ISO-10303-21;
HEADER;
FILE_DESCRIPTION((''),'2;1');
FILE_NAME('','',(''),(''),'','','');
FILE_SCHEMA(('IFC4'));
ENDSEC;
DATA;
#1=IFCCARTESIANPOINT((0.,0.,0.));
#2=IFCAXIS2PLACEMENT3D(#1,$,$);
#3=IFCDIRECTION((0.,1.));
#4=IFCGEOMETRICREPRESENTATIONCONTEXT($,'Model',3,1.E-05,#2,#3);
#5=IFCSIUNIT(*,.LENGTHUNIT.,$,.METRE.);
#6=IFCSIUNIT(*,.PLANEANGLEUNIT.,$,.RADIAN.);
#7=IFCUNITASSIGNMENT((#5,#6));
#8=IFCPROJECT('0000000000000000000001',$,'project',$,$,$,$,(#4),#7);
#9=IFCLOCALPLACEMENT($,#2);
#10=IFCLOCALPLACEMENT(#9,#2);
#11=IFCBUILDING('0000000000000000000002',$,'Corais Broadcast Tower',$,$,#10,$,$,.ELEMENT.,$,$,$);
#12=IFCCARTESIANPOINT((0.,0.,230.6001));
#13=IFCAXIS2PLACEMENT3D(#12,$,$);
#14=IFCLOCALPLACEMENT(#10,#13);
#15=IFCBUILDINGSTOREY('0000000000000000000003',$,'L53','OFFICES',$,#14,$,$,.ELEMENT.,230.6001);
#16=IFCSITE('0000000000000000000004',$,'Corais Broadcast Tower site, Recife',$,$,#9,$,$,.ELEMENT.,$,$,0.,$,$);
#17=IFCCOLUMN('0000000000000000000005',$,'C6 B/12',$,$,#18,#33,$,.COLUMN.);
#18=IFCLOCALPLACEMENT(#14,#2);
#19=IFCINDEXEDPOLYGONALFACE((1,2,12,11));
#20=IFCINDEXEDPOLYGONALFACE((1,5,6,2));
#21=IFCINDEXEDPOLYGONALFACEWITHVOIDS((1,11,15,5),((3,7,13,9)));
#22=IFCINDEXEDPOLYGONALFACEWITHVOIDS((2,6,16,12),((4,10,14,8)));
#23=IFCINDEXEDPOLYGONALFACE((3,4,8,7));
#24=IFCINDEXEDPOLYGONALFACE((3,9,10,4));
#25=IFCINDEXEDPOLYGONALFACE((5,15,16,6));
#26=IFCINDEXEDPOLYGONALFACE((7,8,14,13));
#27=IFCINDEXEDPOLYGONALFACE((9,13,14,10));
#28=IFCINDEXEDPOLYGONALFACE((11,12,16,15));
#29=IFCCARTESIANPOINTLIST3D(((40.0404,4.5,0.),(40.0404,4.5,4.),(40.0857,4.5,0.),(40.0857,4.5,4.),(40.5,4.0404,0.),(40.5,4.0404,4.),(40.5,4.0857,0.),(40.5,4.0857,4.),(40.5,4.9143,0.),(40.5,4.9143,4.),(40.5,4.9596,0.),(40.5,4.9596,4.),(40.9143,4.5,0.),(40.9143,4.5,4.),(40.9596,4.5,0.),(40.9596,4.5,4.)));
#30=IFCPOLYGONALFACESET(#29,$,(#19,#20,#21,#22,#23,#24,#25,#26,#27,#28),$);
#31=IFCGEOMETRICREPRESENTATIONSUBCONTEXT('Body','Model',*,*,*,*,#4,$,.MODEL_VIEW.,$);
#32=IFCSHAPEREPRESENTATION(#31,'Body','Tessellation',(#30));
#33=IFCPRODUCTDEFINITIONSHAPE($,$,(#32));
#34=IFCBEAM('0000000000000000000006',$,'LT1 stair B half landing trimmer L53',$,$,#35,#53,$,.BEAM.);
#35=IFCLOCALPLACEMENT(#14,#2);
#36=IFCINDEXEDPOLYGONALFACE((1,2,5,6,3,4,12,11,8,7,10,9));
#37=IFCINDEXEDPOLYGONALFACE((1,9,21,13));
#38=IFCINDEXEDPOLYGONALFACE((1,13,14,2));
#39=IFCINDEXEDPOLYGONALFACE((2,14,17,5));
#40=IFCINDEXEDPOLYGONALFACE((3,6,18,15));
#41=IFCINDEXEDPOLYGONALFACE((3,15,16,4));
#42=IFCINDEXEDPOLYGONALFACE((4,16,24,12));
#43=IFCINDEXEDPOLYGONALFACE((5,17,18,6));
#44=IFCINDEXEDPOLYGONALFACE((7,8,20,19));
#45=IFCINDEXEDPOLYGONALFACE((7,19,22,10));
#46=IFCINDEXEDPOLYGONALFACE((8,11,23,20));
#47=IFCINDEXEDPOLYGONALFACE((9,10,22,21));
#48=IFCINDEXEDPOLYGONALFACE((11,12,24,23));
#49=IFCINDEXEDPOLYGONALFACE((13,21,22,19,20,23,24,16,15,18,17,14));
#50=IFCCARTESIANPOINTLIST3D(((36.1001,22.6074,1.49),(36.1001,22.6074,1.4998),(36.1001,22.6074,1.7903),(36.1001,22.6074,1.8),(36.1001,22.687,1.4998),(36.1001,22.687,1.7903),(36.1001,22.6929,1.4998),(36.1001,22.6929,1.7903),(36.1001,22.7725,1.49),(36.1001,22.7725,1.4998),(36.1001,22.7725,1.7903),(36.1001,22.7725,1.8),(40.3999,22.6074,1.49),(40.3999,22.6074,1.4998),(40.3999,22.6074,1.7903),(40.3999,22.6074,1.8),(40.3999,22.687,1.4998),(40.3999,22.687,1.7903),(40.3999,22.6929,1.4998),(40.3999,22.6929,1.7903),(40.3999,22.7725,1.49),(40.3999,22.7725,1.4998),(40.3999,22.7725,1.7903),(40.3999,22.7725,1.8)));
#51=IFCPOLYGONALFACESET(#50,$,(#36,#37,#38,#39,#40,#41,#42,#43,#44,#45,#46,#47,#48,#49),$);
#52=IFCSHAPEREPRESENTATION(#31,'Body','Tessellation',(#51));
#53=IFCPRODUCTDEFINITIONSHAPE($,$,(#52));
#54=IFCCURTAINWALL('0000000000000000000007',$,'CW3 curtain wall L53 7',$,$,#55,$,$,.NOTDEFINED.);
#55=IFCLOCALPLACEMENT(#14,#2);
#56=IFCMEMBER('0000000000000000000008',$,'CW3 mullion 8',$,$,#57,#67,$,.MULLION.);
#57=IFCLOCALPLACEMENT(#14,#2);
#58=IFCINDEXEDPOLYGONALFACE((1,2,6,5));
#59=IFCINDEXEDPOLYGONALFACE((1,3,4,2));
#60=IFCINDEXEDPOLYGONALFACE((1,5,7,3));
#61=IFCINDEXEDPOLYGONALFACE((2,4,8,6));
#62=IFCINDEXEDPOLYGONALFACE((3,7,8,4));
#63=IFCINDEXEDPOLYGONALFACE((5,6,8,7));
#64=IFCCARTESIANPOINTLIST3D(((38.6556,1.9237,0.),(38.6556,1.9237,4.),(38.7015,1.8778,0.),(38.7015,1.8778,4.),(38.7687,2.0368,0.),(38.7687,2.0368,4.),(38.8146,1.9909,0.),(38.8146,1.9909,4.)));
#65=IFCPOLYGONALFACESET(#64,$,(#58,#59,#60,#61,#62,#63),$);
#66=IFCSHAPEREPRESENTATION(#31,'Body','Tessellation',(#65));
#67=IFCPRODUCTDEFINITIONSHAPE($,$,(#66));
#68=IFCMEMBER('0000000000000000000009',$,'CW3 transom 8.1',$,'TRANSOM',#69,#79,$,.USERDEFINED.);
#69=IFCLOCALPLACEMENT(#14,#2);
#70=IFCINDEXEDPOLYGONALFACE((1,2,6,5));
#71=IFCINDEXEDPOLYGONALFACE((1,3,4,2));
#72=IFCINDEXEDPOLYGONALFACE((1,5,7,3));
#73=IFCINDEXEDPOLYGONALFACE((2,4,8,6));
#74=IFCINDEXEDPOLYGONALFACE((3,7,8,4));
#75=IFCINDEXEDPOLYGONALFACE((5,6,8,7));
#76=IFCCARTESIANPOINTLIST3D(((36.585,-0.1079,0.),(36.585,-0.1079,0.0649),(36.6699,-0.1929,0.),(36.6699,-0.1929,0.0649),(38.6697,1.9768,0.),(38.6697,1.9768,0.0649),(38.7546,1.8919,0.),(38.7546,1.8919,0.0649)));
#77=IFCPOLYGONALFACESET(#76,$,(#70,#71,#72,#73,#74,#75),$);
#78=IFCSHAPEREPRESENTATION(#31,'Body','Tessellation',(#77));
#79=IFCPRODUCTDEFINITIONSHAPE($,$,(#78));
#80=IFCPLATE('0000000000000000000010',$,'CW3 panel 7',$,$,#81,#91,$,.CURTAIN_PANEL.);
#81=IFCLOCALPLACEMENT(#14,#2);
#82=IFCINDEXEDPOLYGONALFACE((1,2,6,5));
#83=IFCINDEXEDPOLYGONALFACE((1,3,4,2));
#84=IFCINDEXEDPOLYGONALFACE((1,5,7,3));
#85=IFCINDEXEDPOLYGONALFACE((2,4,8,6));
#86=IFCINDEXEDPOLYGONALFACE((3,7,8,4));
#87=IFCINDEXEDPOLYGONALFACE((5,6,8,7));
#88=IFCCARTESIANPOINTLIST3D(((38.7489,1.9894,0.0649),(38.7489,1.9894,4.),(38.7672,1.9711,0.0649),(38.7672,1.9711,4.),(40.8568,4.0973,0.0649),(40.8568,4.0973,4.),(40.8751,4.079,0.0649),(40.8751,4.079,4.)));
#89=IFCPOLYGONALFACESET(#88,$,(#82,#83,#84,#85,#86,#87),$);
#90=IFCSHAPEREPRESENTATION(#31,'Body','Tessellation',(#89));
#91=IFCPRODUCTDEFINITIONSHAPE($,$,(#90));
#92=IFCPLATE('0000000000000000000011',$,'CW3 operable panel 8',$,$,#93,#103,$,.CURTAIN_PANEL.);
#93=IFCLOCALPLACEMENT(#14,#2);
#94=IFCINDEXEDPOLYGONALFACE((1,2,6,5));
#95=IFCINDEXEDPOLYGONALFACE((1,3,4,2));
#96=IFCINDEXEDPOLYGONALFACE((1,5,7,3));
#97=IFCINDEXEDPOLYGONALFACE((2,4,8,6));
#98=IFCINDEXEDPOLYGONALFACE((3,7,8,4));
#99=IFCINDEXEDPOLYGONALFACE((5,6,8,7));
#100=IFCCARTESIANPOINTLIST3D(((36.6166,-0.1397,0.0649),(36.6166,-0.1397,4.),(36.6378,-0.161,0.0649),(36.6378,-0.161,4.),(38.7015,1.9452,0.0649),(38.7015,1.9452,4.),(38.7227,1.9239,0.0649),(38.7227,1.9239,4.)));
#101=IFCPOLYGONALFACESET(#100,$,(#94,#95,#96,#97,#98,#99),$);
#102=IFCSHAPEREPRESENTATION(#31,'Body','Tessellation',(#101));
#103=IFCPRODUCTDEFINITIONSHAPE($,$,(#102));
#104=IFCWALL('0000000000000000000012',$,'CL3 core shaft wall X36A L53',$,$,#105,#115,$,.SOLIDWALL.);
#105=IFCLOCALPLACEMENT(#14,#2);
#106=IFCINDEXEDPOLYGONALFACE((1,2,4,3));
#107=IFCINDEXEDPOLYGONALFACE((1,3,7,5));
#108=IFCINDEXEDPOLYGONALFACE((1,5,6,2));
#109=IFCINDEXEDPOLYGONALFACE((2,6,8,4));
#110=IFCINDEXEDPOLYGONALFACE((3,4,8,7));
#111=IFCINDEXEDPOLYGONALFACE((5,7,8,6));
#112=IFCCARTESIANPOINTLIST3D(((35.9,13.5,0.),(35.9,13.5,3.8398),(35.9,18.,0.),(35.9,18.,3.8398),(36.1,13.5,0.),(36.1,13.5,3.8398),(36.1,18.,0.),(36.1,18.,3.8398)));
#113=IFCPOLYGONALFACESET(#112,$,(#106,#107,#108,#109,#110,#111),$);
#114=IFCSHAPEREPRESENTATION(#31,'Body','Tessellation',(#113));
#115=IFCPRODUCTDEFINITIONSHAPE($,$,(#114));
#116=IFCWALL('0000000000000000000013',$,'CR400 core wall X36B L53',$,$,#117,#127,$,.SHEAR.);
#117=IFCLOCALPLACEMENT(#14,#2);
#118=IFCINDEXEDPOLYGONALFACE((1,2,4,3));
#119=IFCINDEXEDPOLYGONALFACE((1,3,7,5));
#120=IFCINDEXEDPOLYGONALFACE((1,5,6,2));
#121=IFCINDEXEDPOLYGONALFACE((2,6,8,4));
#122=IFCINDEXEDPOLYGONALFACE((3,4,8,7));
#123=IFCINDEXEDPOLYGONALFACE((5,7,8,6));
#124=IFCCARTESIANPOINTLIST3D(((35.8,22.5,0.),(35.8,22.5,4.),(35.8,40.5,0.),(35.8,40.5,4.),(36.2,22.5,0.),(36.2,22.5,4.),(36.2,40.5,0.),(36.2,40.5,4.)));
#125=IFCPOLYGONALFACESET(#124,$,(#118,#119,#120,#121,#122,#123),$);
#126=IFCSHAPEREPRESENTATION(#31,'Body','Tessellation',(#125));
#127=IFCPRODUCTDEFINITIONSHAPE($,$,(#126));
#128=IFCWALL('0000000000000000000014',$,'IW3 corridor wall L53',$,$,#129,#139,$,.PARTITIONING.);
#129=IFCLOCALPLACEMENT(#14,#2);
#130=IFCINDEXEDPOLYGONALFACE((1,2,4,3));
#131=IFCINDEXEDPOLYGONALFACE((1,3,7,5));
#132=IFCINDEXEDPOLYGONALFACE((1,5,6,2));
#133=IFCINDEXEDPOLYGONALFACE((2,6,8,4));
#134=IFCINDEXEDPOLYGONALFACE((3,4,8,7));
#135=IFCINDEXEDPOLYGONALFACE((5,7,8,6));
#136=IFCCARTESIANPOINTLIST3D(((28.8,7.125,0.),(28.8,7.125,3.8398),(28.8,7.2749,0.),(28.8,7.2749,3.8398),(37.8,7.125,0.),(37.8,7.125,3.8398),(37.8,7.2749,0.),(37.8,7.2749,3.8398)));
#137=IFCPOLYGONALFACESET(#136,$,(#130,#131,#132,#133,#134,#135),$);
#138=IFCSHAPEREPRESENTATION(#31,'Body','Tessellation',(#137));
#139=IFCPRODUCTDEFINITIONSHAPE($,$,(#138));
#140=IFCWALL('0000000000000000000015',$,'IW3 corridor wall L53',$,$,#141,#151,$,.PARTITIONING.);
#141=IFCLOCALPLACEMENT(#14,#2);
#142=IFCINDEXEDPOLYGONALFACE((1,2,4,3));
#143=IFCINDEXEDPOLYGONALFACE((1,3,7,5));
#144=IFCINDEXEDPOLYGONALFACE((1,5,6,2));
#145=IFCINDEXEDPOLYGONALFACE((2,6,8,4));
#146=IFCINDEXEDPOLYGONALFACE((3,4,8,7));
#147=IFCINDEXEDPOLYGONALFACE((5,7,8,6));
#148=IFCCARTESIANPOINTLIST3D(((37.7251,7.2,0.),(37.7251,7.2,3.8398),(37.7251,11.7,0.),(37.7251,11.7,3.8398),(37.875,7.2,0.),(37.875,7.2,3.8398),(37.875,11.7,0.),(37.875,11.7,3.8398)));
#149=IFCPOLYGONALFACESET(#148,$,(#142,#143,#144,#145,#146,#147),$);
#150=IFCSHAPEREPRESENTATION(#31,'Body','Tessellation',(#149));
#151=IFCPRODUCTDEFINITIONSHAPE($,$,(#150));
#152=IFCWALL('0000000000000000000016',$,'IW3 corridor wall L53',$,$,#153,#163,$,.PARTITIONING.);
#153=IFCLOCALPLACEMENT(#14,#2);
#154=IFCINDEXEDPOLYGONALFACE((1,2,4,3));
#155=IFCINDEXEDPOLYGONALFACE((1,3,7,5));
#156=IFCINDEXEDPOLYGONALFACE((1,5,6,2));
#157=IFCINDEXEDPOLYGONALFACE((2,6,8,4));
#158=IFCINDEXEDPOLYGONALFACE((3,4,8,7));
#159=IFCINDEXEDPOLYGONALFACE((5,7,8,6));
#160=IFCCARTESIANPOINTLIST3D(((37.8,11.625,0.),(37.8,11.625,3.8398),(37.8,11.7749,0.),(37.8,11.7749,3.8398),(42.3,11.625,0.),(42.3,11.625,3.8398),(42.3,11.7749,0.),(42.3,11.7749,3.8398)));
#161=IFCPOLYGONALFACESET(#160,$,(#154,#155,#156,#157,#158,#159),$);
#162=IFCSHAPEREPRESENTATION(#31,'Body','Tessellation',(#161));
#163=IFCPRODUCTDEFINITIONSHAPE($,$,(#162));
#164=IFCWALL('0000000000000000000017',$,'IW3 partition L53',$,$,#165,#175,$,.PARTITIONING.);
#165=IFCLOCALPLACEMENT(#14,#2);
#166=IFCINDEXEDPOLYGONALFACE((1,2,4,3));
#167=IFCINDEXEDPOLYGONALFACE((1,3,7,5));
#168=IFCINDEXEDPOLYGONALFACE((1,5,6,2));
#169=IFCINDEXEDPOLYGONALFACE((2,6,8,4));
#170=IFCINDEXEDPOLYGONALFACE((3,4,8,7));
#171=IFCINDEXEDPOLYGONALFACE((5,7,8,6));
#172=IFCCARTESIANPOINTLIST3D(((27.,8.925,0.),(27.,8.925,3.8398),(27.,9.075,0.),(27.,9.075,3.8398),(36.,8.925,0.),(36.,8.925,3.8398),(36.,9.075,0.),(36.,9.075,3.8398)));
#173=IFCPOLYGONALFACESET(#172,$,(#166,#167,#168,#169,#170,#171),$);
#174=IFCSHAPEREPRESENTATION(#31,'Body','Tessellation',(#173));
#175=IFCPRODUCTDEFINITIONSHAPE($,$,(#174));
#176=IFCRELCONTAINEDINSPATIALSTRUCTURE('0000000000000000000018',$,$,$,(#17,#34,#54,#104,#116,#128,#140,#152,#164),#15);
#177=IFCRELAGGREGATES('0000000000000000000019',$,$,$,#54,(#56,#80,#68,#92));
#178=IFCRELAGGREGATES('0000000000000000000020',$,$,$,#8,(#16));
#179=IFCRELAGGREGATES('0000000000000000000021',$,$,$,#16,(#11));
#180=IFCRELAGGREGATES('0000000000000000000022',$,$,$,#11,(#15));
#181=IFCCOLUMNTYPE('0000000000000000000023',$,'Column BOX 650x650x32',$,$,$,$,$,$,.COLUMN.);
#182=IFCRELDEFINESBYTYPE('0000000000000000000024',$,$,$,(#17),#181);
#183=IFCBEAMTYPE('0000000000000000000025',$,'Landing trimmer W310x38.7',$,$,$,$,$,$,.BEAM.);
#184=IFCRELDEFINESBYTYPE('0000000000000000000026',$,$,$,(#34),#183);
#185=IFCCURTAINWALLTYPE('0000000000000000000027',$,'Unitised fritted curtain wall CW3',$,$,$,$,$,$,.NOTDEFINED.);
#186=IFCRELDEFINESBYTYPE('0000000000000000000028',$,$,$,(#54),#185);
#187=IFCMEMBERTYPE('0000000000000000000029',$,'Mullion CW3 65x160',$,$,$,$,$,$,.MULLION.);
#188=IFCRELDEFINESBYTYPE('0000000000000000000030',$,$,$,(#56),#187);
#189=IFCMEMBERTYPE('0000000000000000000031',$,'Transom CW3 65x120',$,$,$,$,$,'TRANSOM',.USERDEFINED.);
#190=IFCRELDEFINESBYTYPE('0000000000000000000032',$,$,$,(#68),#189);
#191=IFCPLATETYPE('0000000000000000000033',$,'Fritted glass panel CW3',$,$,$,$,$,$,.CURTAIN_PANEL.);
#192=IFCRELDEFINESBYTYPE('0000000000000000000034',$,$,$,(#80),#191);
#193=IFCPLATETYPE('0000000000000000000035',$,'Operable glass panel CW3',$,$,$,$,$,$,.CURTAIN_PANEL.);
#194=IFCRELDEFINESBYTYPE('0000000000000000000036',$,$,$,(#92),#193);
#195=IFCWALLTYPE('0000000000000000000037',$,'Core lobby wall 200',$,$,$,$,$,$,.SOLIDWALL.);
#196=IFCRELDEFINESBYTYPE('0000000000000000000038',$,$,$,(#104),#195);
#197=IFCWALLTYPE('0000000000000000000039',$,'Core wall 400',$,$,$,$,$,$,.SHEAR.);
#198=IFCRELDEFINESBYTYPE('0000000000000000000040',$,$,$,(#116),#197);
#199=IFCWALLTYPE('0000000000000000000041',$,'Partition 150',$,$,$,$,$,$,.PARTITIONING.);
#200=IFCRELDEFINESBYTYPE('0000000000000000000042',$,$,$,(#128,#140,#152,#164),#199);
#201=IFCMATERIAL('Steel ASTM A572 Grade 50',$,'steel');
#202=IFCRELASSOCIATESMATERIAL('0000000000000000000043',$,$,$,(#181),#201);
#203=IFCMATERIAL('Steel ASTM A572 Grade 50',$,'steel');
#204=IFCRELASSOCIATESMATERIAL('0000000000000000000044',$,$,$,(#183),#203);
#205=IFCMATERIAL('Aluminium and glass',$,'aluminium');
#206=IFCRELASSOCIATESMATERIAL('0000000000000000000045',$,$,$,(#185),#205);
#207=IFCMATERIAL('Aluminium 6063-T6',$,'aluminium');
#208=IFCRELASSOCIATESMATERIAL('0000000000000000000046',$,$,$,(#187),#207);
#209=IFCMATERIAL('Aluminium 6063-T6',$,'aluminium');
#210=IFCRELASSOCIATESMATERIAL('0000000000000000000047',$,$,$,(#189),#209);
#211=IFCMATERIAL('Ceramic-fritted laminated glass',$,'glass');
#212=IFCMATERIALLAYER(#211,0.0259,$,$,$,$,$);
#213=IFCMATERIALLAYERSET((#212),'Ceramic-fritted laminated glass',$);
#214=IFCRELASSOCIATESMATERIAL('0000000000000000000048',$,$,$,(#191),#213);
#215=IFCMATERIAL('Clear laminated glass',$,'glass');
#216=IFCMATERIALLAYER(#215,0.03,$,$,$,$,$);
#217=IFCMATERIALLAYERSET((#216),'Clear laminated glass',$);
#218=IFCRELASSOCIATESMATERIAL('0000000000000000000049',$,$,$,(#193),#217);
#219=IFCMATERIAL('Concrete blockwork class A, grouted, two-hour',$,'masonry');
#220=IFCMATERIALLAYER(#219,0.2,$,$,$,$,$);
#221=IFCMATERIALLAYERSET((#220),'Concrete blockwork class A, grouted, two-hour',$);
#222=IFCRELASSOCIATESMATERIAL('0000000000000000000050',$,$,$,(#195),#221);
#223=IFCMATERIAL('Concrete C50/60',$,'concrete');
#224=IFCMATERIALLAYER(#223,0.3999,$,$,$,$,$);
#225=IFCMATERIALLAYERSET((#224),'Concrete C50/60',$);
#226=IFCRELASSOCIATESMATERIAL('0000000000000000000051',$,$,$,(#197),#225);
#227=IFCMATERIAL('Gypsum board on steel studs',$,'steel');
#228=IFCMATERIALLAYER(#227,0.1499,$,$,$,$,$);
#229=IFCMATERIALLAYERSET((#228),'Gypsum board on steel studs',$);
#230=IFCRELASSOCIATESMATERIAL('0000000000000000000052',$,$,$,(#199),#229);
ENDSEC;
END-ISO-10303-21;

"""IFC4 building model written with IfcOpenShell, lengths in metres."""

from ifc_helpers import new_model, si_unit, direction, frame, frame_2d, origin, origin_2d, place, context, subcontext, project, spatial, rectangle, hollow_rectangle, i_section, extrude, material, layer, layer_set, material_profile, profile_set, type_object, element, aggregate, save


model = new_model("IFC4")

# Units and contexts
model_context = context("Model", 3, precision=1e-05, world=origin(), true_north=direction((0.0, 1.0)))
body_context = subcontext(model_context, "Body", "Model", "MODEL_VIEW")
ifc_project = project(units=[si_unit("LENGTHUNIT", "METRE"), si_unit("PLANEANGLEUNIT", "RADIAN")], contexts=[model_context])

# Site, building, storey
site_placement = place(None, origin())
site = spatial("IfcSite", under=ifc_project, at=site_placement, Name="Corais Broadcast Tower site, Recife", CompositionType="ELEMENT", RefElevation=0.0)
building_placement = place(site_placement, origin())
building = spatial("IfcBuilding", under=site, at=building_placement, Name="Corais Broadcast Tower", CompositionType="ELEMENT")
storey_placement = place(building_placement, frame((0.0, 0.0, 230.6001)))
storey = spatial("IfcBuildingStorey", under=building, at=storey_placement, Name="L53", Description="OFFICES", CompositionType="ELEMENT", Elevation=230.6001)

# Column
ifc_material_1 = material(Name="Steel ASTM A572 Grade 50", Category="steel")
ifc_material_profile_1 = material_profile(ifc_material_1, hollow_rectangle(XDim=0.6499, YDim=0.6499, WallThickness=0.032, at=origin_2d()), Name="BOX 650x650x32")
ifc_profile_set_1 = profile_set([ifc_material_profile_1], Name="Steel ASTM A572 Grade 50")
column_type = type_object("IfcColumnType", Name="Column BOX 650x650x32", PredefinedType="COLUMN", material=ifc_profile_set_1)
column_placement = place(storey_placement, frame((40.5, 4.5, 0.0), z_axis=(0.0, 0.0, 1.0), x_axis=(0.707107, 0.707107, 0.0)))
element("IfcColumn", 1, at=column_placement, inside=storey, type_object=column_type, Name="C6 B/12", PredefinedType="COLUMN", context=body_context, shape_type="SweptSolid", body=[
    extrude(hollow_rectangle(XDim=0.6499, YDim=0.6499, WallThickness=0.032, at=origin_2d()), origin(), (0.0, 0.0, 1.0), 4.0),
])

# Beam
ifc_material_2 = material(Name="Steel ASTM A572 Grade 50", Category="steel")
ifc_material_profile_2 = material_profile(ifc_material_2, i_section(OverallWidth=0.165, OverallDepth=0.3101, WebThickness=0.0059, FlangeThickness=0.0098, at=origin_2d()), Name="W310x38.7")
ifc_profile_set_2 = profile_set([ifc_material_profile_2], Name="Steel ASTM A572 Grade 50")
beam_type = type_object("IfcBeamType", Name="Landing trimmer W310x38.7", PredefinedType="BEAM", material=ifc_profile_set_2)
beam_placement = place(storey_placement, frame((36.1001, 22.6899, 1.645), z_axis=(1.0, 0.0, 0.0), x_axis=(0.0, 1.0, 0.0)))
element("IfcBeam", 2, at=beam_placement, inside=storey, type_object=beam_type, Name="LT1 stair B half landing trimmer L53", PredefinedType="BEAM", context=body_context, shape_type="SweptSolid", body=[
    extrude(i_section(OverallWidth=0.165, OverallDepth=0.3101, WebThickness=0.0059, FlangeThickness=0.0098, at=origin_2d()), origin(), (0.0, 0.0, 1.0), 4.2998),
])

# Curtain wall, members, plates
ifc_material_3 = material(Name="Aluminium and glass", Category="aluminium")
curtain_wall_type = type_object("IfcCurtainWallType", Name="Unitised fritted curtain wall CW3", PredefinedType="NOTDEFINED", material=ifc_material_3)
curtain_wall_placement = place(storey_placement, origin())
curtain_wall = element("IfcCurtainWall", 3, at=curtain_wall_placement, inside=storey, type_object=curtain_wall_type, Name="CW3 curtain wall L53 7", PredefinedType="NOTDEFINED")
ifc_material_4 = material(Name="Aluminium 6063-T6", Category="aluminium")
ifc_material_profile_3 = material_profile(ifc_material_4, rectangle(XDim=0.0649, YDim=0.1599, at=origin_2d()), Name="Mullion CW3 65x160")
ifc_profile_set_3 = profile_set([ifc_material_profile_3], Name="Aluminium 6063-T6")
member_type_1 = type_object("IfcMemberType", Name="Mullion CW3 65x160", PredefinedType="MULLION", material=ifc_profile_set_3)
member_1_placement = place(storey_placement, frame((38.7351, 1.9573, 0.0), z_axis=(0.0, 0.0, 1.0), x_axis=(0.707107, -0.707107, 0.0)))
member_1 = element("IfcMember", 4, at=member_1_placement, type_object=member_type_1, Name="CW3 mullion 8", PredefinedType="MULLION", context=body_context, shape_type="SweptSolid", body=[
    extrude(rectangle(XDim=0.0649, YDim=0.1599, at=origin_2d()), origin(), (0.0, 0.0, 1.0), 4.0),
])
ifc_material_5 = material(Name="Aluminium 6063-T6", Category="aluminium")
ifc_material_profile_4 = material_profile(ifc_material_5, rectangle(XDim=0.1201, YDim=0.0649, at=origin_2d()), Name="Transom CW3 65x120")
ifc_profile_set_4 = profile_set([ifc_material_profile_4], Name="Aluminium 6063-T6")
member_type_2 = type_object("IfcMemberType", Name="Transom CW3 65x120", ElementType="TRANSOM", PredefinedType="USERDEFINED", material=ifc_profile_set_4)
member_2_placement = place(storey_placement, frame((38.7122, 1.9343, 0.0325), z_axis=(-0.707107, -0.707107, 0.0), x_axis=(0.707107, -0.707107, 0.0)))
member_2 = element("IfcMember", 5, at=member_2_placement, type_object=member_type_2, Name="CW3 transom 8.1", ObjectType="TRANSOM", PredefinedType="USERDEFINED", context=body_context, shape_type="SweptSolid", body=[
    extrude(rectangle(XDim=0.1201, YDim=0.0649, at=origin_2d()), origin(), (0.0, 0.0, 1.0), 2.9482),
])
ifc_material_6 = material(Name="Ceramic-fritted laminated glass", Category="glass")
ifc_layer_1 = layer(ifc_material_6, 0.0259)
ifc_layer_set_1 = layer_set([ifc_layer_1], Name="Ceramic-fritted laminated glass")
plate_type_1 = type_object("IfcPlateType", Name="Fritted glass panel CW3", PredefinedType="CURTAIN_PANEL", material=ifc_layer_set_1)
plate_1_placement = place(storey_placement, frame((39.812, 3.0342, 0.0649), z_axis=(0.0, 0.0, 1.0), x_axis=(-0.707107, -0.707107, 0.0)))
plate_1 = element("IfcPlate", 6, at=plate_1_placement, type_object=plate_type_1, Name="CW3 panel 7", PredefinedType="CURTAIN_PANEL", context=body_context, shape_type="SweptSolid", body=[
    extrude(rectangle(XDim=2.981, YDim=0.0259, at=origin_2d()), origin(), (0.0, 0.0, 1.0), 3.9351),
])
ifc_material_7 = material(Name="Clear laminated glass", Category="glass")
ifc_layer_2 = layer(ifc_material_7, 0.03)
ifc_layer_set_2 = layer_set([ifc_layer_2], Name="Clear laminated glass")
plate_type_2 = type_object("IfcPlateType", Name="Operable glass panel CW3", PredefinedType="CURTAIN_PANEL", material=ifc_layer_set_2)
plate_2_placement = place(storey_placement, frame((37.6697, 0.8921, 0.0649), z_axis=(0.0, 0.0, 1.0), x_axis=(-0.707107, -0.707107, 0.0)))
plate_2 = element("IfcPlate", 7, at=plate_2_placement, type_object=plate_type_2, Name="CW3 operable panel 8", PredefinedType="CURTAIN_PANEL", context=body_context, shape_type="SweptSolid", body=[
    extrude(rectangle(XDim=2.9485, YDim=0.03, at=origin_2d()), origin(), (0.0, 0.0, 1.0), 3.9351),
])
aggregate(curtain_wall, [member_1, plate_1, member_2, plate_2])

# Walls
ifc_material_8 = material(Name="Concrete blockwork class A, grouted, two-hour", Category="masonry")
ifc_layer_3 = layer(ifc_material_8, 0.2)
ifc_layer_set_3 = layer_set([ifc_layer_3], Name="Concrete blockwork class A, grouted, two-hour")
wall_type_1 = type_object("IfcWallType", Name="Core lobby wall 200", PredefinedType="SOLIDWALL", material=ifc_layer_set_3)
wall_1_placement = place(storey_placement, frame((36.0, 13.5, 0.0), z_axis=(0.0, 0.0, 1.0), x_axis=(0.0, 1.0, 0.0)))
element("IfcWall", 8, at=wall_1_placement, inside=storey, type_object=wall_type_1, Name="CL3 core shaft wall X36A L53", PredefinedType="SOLIDWALL", context=body_context, shape_type="SweptSolid", body=[
    extrude(rectangle(XDim=4.5, YDim=0.2, at=frame_2d((2.25, 0.0))), origin(), (0.0, 0.0, 1.0), 3.8398),
])
ifc_material_9 = material(Name="Concrete C50/60", Category="concrete")
ifc_layer_4 = layer(ifc_material_9, 0.3999)
ifc_layer_set_4 = layer_set([ifc_layer_4], Name="Concrete C50/60")
wall_type_2 = type_object("IfcWallType", Name="Core wall 400", PredefinedType="SHEAR", material=ifc_layer_set_4)
wall_2_placement = place(storey_placement, frame((36.0, 22.5, 0.0), z_axis=(0.0, 0.0, 1.0), x_axis=(0.0, 1.0, 0.0)))
element("IfcWall", 9, at=wall_2_placement, inside=storey, type_object=wall_type_2, Name="CR400 core wall X36B L53", PredefinedType="SHEAR", context=body_context, shape_type="SweptSolid", body=[
    extrude(rectangle(XDim=18.0, YDim=0.3999, at=frame_2d((9.0, 0.0))), origin(), (0.0, 0.0, 1.0), 4.0),
])
ifc_material_10 = material(Name="Gypsum board on steel studs", Category="steel")
ifc_layer_5 = layer(ifc_material_10, 0.1499)
ifc_layer_set_5 = layer_set([ifc_layer_5], Name="Gypsum board on steel studs")
wall_type_3 = type_object("IfcWallType", Name="Partition 150", PredefinedType="PARTITIONING", material=ifc_layer_set_5)
wall_3_placement = place(storey_placement, frame((28.8, 7.2, 0.0), z_axis=(0.0, 0.0, 1.0), x_axis=(1.0, 0.0, 0.0)))
element("IfcWall", 10, at=wall_3_placement, inside=storey, type_object=wall_type_3, Name="IW3 corridor wall L53", PredefinedType="PARTITIONING", context=body_context, shape_type="SweptSolid", body=[
    extrude(rectangle(XDim=9.0, YDim=0.1499, at=frame_2d((4.5, 0.0))), origin(), (0.0, 0.0, 1.0), 3.8398),
])
for number, where, z_axis, x_axis, name in (
    (11, (37.8, 7.2, 0.0), (0.0, 0.0, 1.0), (0.0, 1.0, 0.0), "IW3 corridor wall L53"),
    (12, (37.8, 11.7, 0.0), (0.0, 0.0, 1.0), (1.0, 0.0, 0.0), "IW3 corridor wall L53"),
):
    element("IfcWall", number, at=place(storey_placement, frame(where, z_axis=z_axis, x_axis=x_axis)), inside=storey, type_object=wall_type_3, Name=name, PredefinedType="PARTITIONING", context=body_context, shape_type="SweptSolid", body=[
        extrude(rectangle(XDim=4.5, YDim=0.1499, at=frame_2d((2.25, 0.0))), origin(), (0.0, 0.0, 1.0), 3.8398),
    ])
wall_4_placement = place(storey_placement, frame((27.0, 9.0, 0.0), z_axis=(0.0, 0.0, 1.0), x_axis=(1.0, 0.0, 0.0)))
element("IfcWall", 13, at=wall_4_placement, inside=storey, type_object=wall_type_3, Name="IW3 partition L53", PredefinedType="PARTITIONING", context=body_context, shape_type="SweptSolid", body=[
    extrude(rectangle(XDim=9.0, YDim=0.1499, at=frame_2d((4.5, 0.0))), origin(), (0.0, 0.0, 1.0), 3.8398),
])

save(model, "model.ifc")
